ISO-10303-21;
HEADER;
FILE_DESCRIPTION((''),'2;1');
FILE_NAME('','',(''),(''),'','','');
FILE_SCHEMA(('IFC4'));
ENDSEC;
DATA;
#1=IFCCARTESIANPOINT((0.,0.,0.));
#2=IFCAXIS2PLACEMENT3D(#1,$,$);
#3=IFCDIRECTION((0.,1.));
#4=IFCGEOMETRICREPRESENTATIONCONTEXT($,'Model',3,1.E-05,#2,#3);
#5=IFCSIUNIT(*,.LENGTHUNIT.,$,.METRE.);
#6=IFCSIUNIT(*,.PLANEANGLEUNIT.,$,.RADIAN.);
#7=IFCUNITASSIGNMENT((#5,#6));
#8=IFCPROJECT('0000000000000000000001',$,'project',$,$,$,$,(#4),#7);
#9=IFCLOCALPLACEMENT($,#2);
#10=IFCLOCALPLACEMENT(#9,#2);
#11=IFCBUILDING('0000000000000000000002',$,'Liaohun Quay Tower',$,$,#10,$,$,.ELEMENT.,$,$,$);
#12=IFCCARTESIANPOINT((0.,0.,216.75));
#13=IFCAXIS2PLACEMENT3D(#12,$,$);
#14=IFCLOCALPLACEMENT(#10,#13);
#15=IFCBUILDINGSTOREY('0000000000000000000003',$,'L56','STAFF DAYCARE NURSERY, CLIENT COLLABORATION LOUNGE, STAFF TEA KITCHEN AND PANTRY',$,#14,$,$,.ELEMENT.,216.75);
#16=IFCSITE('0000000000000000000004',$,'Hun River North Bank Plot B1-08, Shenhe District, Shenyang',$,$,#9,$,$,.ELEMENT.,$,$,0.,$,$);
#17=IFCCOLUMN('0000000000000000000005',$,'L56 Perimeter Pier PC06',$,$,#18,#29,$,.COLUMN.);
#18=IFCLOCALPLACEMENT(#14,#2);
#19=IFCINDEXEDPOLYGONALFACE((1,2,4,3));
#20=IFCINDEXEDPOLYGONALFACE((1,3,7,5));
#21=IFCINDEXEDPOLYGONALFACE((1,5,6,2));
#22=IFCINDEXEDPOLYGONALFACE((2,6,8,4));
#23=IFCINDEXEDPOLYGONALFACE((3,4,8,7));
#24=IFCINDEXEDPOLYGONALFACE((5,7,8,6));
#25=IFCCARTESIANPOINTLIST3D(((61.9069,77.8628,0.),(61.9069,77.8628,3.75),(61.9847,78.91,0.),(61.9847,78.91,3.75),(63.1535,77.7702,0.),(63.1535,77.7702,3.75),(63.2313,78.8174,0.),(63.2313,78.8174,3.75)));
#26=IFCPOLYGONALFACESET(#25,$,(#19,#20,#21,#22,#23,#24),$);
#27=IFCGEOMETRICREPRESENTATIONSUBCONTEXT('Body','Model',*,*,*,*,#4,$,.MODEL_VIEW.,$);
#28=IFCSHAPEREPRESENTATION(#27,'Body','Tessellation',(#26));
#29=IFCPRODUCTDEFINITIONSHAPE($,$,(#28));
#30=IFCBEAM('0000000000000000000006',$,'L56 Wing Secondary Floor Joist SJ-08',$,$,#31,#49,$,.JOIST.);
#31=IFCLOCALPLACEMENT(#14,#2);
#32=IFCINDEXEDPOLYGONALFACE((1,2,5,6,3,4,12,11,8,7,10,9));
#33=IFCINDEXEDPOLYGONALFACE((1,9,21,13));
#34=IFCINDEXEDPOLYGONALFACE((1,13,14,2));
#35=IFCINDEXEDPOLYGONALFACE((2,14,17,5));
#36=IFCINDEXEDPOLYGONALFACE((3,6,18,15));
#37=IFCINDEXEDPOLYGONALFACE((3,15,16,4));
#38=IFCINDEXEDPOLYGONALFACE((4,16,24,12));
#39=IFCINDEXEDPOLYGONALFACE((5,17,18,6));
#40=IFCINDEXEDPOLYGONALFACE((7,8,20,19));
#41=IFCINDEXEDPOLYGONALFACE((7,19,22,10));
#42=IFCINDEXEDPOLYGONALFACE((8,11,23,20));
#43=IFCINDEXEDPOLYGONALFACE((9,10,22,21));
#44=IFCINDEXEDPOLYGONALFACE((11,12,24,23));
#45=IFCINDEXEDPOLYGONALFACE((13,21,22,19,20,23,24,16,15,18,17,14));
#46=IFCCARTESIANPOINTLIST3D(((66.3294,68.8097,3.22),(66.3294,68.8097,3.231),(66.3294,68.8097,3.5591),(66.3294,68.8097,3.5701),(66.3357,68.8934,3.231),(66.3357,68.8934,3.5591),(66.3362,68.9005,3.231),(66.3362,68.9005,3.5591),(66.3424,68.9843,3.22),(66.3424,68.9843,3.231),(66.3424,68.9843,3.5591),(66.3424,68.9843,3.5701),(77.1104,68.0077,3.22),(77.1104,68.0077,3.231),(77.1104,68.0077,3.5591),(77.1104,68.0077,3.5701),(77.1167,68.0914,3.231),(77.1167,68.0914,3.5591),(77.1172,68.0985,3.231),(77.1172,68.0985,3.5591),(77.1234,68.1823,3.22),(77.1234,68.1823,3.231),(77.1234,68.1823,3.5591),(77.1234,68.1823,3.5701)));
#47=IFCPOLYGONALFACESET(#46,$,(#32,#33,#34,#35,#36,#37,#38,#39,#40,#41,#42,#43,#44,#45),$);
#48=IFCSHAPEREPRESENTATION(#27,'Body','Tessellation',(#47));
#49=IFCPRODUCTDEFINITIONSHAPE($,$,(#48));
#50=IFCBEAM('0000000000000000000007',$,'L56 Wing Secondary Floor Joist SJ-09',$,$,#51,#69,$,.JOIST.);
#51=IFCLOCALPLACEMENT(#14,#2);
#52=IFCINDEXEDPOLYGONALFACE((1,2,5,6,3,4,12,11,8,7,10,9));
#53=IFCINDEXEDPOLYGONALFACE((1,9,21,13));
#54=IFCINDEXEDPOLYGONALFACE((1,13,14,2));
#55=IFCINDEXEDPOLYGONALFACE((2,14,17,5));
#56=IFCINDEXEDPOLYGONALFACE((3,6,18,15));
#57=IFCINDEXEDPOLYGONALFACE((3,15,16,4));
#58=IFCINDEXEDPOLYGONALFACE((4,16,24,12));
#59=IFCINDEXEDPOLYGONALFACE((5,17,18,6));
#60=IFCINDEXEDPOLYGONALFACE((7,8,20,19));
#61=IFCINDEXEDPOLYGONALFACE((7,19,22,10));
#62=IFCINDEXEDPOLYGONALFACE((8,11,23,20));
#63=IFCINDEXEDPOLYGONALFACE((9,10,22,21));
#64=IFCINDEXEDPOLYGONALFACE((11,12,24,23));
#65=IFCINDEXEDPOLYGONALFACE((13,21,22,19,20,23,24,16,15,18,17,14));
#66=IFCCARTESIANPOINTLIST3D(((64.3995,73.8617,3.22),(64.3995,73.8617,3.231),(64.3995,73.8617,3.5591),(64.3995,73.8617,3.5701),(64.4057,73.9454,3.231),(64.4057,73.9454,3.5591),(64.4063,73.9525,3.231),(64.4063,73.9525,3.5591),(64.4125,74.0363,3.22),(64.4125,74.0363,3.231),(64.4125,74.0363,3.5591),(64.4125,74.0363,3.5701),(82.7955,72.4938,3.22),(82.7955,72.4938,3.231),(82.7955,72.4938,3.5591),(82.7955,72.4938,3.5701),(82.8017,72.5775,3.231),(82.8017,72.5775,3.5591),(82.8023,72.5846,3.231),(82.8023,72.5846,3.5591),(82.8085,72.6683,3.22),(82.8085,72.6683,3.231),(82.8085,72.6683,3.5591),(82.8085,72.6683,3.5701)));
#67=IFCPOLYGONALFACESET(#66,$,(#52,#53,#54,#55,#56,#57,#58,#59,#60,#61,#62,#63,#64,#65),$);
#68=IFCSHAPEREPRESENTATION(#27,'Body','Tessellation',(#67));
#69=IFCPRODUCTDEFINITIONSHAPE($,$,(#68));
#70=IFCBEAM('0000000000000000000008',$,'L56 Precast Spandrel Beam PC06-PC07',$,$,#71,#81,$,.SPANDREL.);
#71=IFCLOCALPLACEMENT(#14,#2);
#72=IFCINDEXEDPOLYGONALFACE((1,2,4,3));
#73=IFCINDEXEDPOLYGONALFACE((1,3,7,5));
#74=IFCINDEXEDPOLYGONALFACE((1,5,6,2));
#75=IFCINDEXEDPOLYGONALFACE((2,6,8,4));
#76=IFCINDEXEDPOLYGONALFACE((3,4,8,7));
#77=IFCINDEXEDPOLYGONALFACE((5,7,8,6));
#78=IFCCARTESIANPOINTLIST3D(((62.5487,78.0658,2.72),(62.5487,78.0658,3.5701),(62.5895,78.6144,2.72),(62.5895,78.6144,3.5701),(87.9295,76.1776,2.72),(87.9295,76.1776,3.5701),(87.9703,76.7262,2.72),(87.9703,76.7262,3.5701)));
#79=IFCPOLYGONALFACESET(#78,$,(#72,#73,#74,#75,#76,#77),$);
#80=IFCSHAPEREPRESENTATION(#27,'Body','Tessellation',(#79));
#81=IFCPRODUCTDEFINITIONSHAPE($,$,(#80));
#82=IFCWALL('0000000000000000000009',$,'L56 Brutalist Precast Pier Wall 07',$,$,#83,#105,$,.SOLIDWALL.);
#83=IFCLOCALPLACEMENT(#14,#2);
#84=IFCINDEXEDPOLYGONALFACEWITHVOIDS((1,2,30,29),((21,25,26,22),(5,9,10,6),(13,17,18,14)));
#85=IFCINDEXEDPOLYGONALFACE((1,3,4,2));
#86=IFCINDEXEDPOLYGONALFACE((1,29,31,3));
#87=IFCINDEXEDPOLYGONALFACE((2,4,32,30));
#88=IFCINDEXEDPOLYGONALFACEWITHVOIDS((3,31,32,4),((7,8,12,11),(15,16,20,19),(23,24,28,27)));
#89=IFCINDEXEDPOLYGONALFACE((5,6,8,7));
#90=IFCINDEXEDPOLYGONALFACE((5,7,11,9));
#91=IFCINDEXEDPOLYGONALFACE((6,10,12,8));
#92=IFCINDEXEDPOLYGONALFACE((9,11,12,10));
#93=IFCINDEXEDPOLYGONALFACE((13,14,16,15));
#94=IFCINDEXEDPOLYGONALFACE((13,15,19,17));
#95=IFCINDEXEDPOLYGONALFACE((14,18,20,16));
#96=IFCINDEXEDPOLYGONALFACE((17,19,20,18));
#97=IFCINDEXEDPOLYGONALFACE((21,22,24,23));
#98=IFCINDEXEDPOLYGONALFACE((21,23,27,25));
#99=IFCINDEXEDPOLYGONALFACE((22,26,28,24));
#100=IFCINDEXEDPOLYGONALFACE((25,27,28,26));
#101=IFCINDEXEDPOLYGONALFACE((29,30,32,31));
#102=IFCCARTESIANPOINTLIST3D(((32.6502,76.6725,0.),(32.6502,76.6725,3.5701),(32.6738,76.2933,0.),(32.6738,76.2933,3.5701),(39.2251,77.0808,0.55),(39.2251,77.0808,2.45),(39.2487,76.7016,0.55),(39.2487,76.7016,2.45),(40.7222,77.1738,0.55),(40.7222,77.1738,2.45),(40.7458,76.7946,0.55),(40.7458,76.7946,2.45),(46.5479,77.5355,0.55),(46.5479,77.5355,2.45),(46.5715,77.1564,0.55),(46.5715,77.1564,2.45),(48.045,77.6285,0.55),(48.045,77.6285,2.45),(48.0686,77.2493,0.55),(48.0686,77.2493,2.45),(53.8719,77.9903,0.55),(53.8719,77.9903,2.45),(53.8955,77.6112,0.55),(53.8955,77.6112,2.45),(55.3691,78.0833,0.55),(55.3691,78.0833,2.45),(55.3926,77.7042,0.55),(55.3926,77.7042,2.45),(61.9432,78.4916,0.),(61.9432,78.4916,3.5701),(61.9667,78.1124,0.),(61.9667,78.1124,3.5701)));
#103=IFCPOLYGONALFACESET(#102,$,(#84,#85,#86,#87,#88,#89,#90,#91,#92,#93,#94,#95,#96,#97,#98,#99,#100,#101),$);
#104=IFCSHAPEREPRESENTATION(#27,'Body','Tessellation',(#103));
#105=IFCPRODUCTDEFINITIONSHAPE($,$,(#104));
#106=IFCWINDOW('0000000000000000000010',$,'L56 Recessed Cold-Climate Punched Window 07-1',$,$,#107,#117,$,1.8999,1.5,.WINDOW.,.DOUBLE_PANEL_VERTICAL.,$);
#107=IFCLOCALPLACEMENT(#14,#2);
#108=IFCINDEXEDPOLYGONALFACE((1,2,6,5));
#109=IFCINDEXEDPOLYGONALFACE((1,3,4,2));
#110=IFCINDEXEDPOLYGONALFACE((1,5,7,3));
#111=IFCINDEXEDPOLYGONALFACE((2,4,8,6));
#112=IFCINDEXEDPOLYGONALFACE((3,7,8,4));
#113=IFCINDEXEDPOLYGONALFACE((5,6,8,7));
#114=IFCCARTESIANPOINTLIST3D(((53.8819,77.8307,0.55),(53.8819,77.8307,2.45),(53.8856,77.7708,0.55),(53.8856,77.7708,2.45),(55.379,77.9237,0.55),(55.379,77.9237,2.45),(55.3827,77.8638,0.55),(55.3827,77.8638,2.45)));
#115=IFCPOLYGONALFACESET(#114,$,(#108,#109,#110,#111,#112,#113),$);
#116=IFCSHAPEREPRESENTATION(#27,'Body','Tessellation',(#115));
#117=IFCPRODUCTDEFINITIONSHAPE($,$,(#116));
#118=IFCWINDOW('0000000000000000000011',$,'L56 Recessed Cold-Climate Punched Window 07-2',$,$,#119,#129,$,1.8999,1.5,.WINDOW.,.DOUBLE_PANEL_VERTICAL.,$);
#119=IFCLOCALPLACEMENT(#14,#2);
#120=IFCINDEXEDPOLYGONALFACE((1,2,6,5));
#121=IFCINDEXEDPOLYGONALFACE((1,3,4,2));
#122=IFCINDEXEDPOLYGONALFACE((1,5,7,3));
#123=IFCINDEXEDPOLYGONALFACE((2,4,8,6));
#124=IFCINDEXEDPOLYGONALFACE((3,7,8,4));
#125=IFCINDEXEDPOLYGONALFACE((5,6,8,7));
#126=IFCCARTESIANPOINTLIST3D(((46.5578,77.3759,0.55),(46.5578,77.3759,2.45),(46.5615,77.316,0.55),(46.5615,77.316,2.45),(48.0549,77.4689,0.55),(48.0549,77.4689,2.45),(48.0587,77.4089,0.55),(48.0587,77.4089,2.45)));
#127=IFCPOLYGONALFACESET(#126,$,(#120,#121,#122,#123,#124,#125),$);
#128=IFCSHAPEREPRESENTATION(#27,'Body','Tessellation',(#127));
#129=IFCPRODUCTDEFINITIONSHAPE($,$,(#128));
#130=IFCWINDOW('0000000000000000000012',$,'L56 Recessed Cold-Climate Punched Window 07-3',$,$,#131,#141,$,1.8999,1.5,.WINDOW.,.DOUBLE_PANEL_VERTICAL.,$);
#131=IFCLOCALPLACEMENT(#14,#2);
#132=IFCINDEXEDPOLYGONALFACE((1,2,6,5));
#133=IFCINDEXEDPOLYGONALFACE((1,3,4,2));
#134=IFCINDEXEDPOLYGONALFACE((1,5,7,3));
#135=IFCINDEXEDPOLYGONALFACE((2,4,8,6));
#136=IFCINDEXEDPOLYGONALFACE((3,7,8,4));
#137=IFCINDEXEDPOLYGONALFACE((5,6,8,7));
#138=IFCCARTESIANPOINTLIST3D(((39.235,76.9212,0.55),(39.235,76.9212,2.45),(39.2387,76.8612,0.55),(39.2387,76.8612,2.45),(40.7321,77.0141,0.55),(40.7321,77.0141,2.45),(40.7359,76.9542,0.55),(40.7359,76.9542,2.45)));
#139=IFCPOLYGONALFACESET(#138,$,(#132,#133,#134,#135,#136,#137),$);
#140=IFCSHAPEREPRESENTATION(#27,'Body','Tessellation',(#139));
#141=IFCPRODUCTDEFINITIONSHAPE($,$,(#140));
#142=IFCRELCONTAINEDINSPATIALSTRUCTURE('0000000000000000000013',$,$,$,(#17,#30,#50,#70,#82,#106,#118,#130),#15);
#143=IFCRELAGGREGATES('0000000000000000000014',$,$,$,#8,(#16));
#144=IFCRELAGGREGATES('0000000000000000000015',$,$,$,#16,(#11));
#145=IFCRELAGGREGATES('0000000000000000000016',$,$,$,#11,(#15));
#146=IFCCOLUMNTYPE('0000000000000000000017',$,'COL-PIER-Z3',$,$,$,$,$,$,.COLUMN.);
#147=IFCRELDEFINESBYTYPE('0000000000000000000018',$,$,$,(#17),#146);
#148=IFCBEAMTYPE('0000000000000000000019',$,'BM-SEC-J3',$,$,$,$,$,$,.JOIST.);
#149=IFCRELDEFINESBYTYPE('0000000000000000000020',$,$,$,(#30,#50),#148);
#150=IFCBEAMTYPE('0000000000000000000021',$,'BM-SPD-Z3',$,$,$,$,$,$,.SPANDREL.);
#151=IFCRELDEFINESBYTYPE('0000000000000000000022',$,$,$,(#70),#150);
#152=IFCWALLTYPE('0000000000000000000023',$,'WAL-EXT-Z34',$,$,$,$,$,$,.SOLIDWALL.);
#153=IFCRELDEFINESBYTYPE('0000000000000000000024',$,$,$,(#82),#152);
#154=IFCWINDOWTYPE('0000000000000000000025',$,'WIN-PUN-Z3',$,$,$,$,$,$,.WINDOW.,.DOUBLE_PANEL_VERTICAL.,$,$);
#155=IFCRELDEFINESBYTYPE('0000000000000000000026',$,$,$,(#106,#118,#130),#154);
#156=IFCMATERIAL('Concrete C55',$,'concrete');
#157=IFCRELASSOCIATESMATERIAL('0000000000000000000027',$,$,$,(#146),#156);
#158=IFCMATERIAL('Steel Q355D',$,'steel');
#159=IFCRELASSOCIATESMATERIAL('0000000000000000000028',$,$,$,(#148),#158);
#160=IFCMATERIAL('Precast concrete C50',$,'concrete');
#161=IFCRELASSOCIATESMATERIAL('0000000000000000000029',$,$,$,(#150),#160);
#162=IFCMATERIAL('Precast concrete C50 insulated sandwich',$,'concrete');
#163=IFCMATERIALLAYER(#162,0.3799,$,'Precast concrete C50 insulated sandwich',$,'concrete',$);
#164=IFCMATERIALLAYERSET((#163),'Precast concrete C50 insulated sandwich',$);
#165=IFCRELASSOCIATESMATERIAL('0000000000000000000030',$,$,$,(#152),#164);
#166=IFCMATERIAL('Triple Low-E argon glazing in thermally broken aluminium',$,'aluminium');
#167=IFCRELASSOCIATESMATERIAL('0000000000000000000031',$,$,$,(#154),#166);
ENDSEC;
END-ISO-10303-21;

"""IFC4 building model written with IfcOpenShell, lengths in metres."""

from ifc_helpers import new_model, si_unit, direction, frame, frame_2d, origin, origin_2d, place, context, subcontext, project, spatial, rectangle, i_section, extrude, source, transform, mapped, material, layer, layer_set, material_profile, profile_set, type_object, element, fill, save


model = new_model("IFC4")

# Units and contexts
model_context = context("Model", 3, precision=1e-05, world=origin(), true_north=direction((0.0, 1.0)))
body_context = subcontext(model_context, "Body", "Model", "MODEL_VIEW")
ifc_project = project(units=[si_unit("LENGTHUNIT", "METRE"), si_unit("PLANEANGLEUNIT", "RADIAN")], contexts=[model_context])

# Site, building, storey
site_placement = place(None, origin())
site = spatial("IfcSite", under=ifc_project, at=site_placement, Name="Hun River North Bank Plot B1-08, Shenhe District, Shenyang", CompositionType="ELEMENT", RefElevation=0.0)
building_placement = place(site_placement, origin())
building = spatial("IfcBuilding", under=site, at=building_placement, Name="Liaohun Quay Tower", CompositionType="ELEMENT")
storey_placement = place(building_placement, frame((0.0, 0.0, 216.75)))
storey = spatial("IfcBuildingStorey", under=building, at=storey_placement, Name="L56", Description="STAFF DAYCARE NURSERY, CLIENT COLLABORATION LOUNGE, STAFF TEA KITCHEN AND PANTRY", CompositionType="ELEMENT", Elevation=216.75)

# Column
ifc_material_1 = material(Name="Concrete C55", Category="concrete")
ifc_material_profile_1 = material_profile(ifc_material_1, rectangle(XDim=1.25, YDim=1.05, at=origin_2d()), Name="RC1250x1050")
ifc_profile_set_1 = profile_set([ifc_material_profile_1], Name="Concrete C55")
column_type = type_object("IfcColumnType", Name="COL-PIER-Z3", PredefinedType="COLUMN", material=ifc_profile_set_1)
shared_shape_1 = source(origin(), body_context, "Body", "SweptSolid", [
    extrude(rectangle(XDim=1.25, YDim=1.05, at=origin_2d()), origin(), (0.0, 0.0, 1.0), 3.75),
])
column_placement = place(storey_placement, frame((62.5691, 78.3401, 0.0), z_axis=(0.0, 0.0, 1.0), x_axis=(-0.99725, 0.074108, 0.0)))
element("IfcColumn", 1, at=column_placement, inside=storey, type_object=column_type, Name="L56 Perimeter Pier PC06", PredefinedType="COLUMN", context=body_context, shape_type="MappedRepresentation", body=[
    mapped(shared_shape_1, transform((0.0, 0.0, 0.0), x_axis=(1.0, 0.0, 0.0), y_axis=(0.0, 1.0, 0.0), z_axis=(0.0, 0.0, 1.0), scale=1.0)),
])

# Beams
ifc_material_2 = material(Name="Steel Q355D", Category="steel")
ifc_material_profile_2 = material_profile(ifc_material_2, i_section(OverallWidth=0.175, OverallDepth=0.3501, WebThickness=0.0071, FlangeThickness=0.011, at=origin_2d()), Name="HN350x175x7x11")
ifc_profile_set_2 = profile_set([ifc_material_profile_2], Name="Steel Q355D")
beam_type_1 = type_object("IfcBeamType", Name="BM-SEC-J3", PredefinedType="JOIST", material=ifc_profile_set_2)
shared_shape_2 = source(origin(), body_context, "Body", "SweptSolid", [
    extrude(i_section(OverallWidth=0.175, OverallDepth=0.3501, WebThickness=0.0071, FlangeThickness=0.011, at=origin_2d()), origin(), (0.0, 0.0, 1.0), 10.8108),
])
beam_1_placement = place(storey_placement, frame((66.3359, 68.897, 3.395), z_axis=(0.997244, -0.074185, 0.0), x_axis=(0.074185, 0.997244, 0.0)))
element("IfcBeam", 2, at=beam_1_placement, inside=storey, type_object=beam_type_1, Name="L56 Wing Secondary Floor Joist SJ-08", PredefinedType="JOIST", context=body_context, shape_type="MappedRepresentation", body=[
    mapped(shared_shape_2, transform((0.0, 0.0, 0.0), x_axis=(1.0, 0.0, 0.0), y_axis=(0.0, 1.0, 0.0), z_axis=(0.0, 0.0, 1.0), scale=1.0)),
])
shared_shape_3 = source(origin(), body_context, "Body", "SweptSolid", [
    extrude(i_section(OverallWidth=0.175, OverallDepth=0.3501, WebThickness=0.0071, FlangeThickness=0.011, at=origin_2d()), origin(), (0.0, 0.0, 1.0), 18.4468),
])
beam_2_placement = place(storey_placement, frame((64.406, 73.949, 3.395), z_axis=(0.997247, -0.074155, 0.0), x_axis=(0.074155, 0.997247, 0.0)))
element("IfcBeam", 3, at=beam_2_placement, inside=storey, type_object=beam_type_1, Name="L56 Wing Secondary Floor Joist SJ-09", PredefinedType="JOIST", context=body_context, shape_type="MappedRepresentation", body=[
    mapped(shared_shape_3, transform((0.0, 0.0, 0.0), x_axis=(1.0, 0.0, 0.0), y_axis=(0.0, 1.0, 0.0), z_axis=(0.0, 0.0, 1.0), scale=1.0)),
])
ifc_material_3 = material(Name="Precast concrete C50", Category="concrete")
ifc_material_profile_3 = material_profile(ifc_material_3, rectangle(XDim=0.55, YDim=0.8501, at=origin_2d()), Name="RC550x850")
ifc_profile_set_3 = profile_set([ifc_material_profile_3], Name="Precast concrete C50")
beam_type_2 = type_object("IfcBeamType", Name="BM-SPD-Z3", PredefinedType="SPANDREL", material=ifc_profile_set_3)
shared_shape_4 = source(origin(), body_context, "Body", "SweptSolid", [
    extrude(rectangle(XDim=0.55, YDim=0.8501, at=origin_2d()), origin(), (0.0, 0.0, 1.0), 25.4509),
])
beam_3_placement = place(storey_placement, frame((62.5691, 78.3401, 3.145), z_axis=(0.997244, -0.074189, 0.0), x_axis=(0.074189, 0.997244, 0.0)))
element("IfcBeam", 4, at=beam_3_placement, inside=storey, type_object=beam_type_2, Name="L56 Precast Spandrel Beam PC06-PC07", PredefinedType="SPANDREL", context=body_context, shape_type="MappedRepresentation", body=[
    mapped(shared_shape_4, transform((0.0, 0.0, 0.0), x_axis=(1.0, 0.0, 0.0), y_axis=(0.0, 1.0, 0.0), z_axis=(0.0, 0.0, 1.0), scale=1.0)),
])

# Wall, openings, windows
ifc_material_4 = material(Name="Precast concrete C50 insulated sandwich", Category="concrete")
ifc_layer_1 = layer(ifc_material_4, 0.3799, Name="Precast concrete C50 insulated sandwich", Category="concrete")
ifc_layer_set_1 = layer_set([ifc_layer_1], Name="Precast concrete C50 insulated sandwich")
wall_type_1 = type_object("IfcWallType", Name="WAL-EXT-Z34", PredefinedType="SOLIDWALL", material=ifc_layer_set_1)
wall_1_placement = place(storey_placement, frame((61.9551, 78.302, 0.0), z_axis=(0.0, 0.0, 1.0), x_axis=(-0.998077, -0.061981, 0.0)))
wall_1 = element("IfcWall", 5, at=wall_1_placement, inside=storey, type_object=wall_type_1, Name="L56 Brutalist Precast Pier Wall 07", PredefinedType="SOLIDWALL", context=body_context, shape_type="SweptSolid", body=[
    extrude(rectangle(XDim=29.3494, YDim=0.3799, at=frame_2d((14.6748, 0.0))), origin(), (0.0, 0.0, 1.0), 3.5701),
])
shared_shape_5 = source(origin(), body_context, "Body", "SweptSolid", [
    extrude(rectangle(XDim=1.5, YDim=1.8999, at=frame_2d((0.75, 0.95))), frame((0.0, 0.2, 0.0), z_axis=(0.0, -1.0, 0.0), x_axis=(1.0, 0.0, 0.0)), (0.0, 0.0, 1.0), 0.3999),
])
opening_1_placement = place(wall_1_placement, frame((6.5869, 0.0, 0.55)))
opening_1 = element("IfcOpeningElement", 6, at=opening_1_placement, cuts=wall_1, PredefinedType="OPENING", context=body_context, shape_type="MappedRepresentation", body=[
    mapped(shared_shape_5, transform((0.0, 0.0, 0.0), x_axis=(1.0, 0.0, 0.0), y_axis=(0.0, 1.0, 0.0), z_axis=(0.0, 0.0, 1.0), scale=1.0)),
])
opening_2_placement = place(wall_1_placement, frame((13.925, 0.0, 0.55)))
opening_2 = element("IfcOpeningElement", 7, at=opening_2_placement, cuts=wall_1, PredefinedType="OPENING", context=body_context, shape_type="MappedRepresentation", body=[
    mapped(shared_shape_5, transform((0.0, 0.0, 0.0), x_axis=(1.0, 0.0, 0.0), y_axis=(0.0, 1.0, 0.0), z_axis=(0.0, 0.0, 1.0), scale=1.0)),
])
opening_3_placement = place(wall_1_placement, frame((21.262, 0.0, 0.55)))
opening_3 = element("IfcOpeningElement", 8, at=opening_3_placement, cuts=wall_1, PredefinedType="OPENING", context=body_context, shape_type="MappedRepresentation", body=[
    mapped(shared_shape_5, transform((0.0, 0.0, 0.0), x_axis=(1.0, 0.0, 0.0), y_axis=(0.0, 1.0, 0.0), z_axis=(0.0, 0.0, 1.0), scale=1.0)),
])
ifc_material_5 = material(Name="Triple Low-E argon glazing in thermally broken aluminium", Category="aluminium")
window_type = type_object("IfcWindowType", Name="WIN-PUN-Z3", PartitioningType="DOUBLE_PANEL_VERTICAL", PredefinedType="WINDOW", material=ifc_material_5)
shared_shape_6 = source(origin(), body_context, "Body", "SweptSolid", [
    extrude(rectangle(XDim=1.5, YDim=1.8999, at=frame_2d((0.75, 0.95))), frame((0.0, 0.03, 0.0), z_axis=(0.0, -1.0, 0.0), x_axis=(1.0, 0.0, 0.0)), (0.0, 0.0, 1.0), 0.0601),
])
window_1_placement = place(opening_1_placement, origin())
window_1 = element("IfcWindow", 9, at=window_1_placement, inside=storey, type_object=window_type, Name="L56 Recessed Cold-Climate Punched Window 07-1", OverallHeight=1.8999, OverallWidth=1.5, PartitioningType="DOUBLE_PANEL_VERTICAL", PredefinedType="WINDOW", context=body_context, shape_type="MappedRepresentation", body=[
    mapped(shared_shape_6, transform((0.0, 0.0, 0.0), x_axis=(1.0, 0.0, 0.0), y_axis=(0.0, 1.0, 0.0), z_axis=(0.0, 0.0, 1.0), scale=1.0)),
])
fill(opening_1, window_1)
window_2_placement = place(opening_2_placement, origin())
window_2 = element("IfcWindow", 10, at=window_2_placement, inside=storey, type_object=window_type, Name="L56 Recessed Cold-Climate Punched Window 07-2", OverallHeight=1.8999, OverallWidth=1.5, PartitioningType="DOUBLE_PANEL_VERTICAL", PredefinedType="WINDOW", context=body_context, shape_type="MappedRepresentation", body=[
    mapped(shared_shape_6, transform((0.0, 0.0, 0.0), x_axis=(1.0, 0.0, 0.0), y_axis=(0.0, 1.0, 0.0), z_axis=(0.0, 0.0, 1.0), scale=1.0)),
])
fill(opening_2, window_2)
window_3_placement = place(opening_3_placement, origin())
window_3 = element("IfcWindow", 11, at=window_3_placement, inside=storey, type_object=window_type, Name="L56 Recessed Cold-Climate Punched Window 07-3", OverallHeight=1.8999, OverallWidth=1.5, PartitioningType="DOUBLE_PANEL_VERTICAL", PredefinedType="WINDOW", context=body_context, shape_type="MappedRepresentation", body=[
    mapped(shared_shape_6, transform((0.0, 0.0, 0.0), x_axis=(1.0, 0.0, 0.0), y_axis=(0.0, 1.0, 0.0), z_axis=(0.0, 0.0, 1.0), scale=1.0)),
])
fill(opening_3, window_3)

save(model, "model.ifc")
